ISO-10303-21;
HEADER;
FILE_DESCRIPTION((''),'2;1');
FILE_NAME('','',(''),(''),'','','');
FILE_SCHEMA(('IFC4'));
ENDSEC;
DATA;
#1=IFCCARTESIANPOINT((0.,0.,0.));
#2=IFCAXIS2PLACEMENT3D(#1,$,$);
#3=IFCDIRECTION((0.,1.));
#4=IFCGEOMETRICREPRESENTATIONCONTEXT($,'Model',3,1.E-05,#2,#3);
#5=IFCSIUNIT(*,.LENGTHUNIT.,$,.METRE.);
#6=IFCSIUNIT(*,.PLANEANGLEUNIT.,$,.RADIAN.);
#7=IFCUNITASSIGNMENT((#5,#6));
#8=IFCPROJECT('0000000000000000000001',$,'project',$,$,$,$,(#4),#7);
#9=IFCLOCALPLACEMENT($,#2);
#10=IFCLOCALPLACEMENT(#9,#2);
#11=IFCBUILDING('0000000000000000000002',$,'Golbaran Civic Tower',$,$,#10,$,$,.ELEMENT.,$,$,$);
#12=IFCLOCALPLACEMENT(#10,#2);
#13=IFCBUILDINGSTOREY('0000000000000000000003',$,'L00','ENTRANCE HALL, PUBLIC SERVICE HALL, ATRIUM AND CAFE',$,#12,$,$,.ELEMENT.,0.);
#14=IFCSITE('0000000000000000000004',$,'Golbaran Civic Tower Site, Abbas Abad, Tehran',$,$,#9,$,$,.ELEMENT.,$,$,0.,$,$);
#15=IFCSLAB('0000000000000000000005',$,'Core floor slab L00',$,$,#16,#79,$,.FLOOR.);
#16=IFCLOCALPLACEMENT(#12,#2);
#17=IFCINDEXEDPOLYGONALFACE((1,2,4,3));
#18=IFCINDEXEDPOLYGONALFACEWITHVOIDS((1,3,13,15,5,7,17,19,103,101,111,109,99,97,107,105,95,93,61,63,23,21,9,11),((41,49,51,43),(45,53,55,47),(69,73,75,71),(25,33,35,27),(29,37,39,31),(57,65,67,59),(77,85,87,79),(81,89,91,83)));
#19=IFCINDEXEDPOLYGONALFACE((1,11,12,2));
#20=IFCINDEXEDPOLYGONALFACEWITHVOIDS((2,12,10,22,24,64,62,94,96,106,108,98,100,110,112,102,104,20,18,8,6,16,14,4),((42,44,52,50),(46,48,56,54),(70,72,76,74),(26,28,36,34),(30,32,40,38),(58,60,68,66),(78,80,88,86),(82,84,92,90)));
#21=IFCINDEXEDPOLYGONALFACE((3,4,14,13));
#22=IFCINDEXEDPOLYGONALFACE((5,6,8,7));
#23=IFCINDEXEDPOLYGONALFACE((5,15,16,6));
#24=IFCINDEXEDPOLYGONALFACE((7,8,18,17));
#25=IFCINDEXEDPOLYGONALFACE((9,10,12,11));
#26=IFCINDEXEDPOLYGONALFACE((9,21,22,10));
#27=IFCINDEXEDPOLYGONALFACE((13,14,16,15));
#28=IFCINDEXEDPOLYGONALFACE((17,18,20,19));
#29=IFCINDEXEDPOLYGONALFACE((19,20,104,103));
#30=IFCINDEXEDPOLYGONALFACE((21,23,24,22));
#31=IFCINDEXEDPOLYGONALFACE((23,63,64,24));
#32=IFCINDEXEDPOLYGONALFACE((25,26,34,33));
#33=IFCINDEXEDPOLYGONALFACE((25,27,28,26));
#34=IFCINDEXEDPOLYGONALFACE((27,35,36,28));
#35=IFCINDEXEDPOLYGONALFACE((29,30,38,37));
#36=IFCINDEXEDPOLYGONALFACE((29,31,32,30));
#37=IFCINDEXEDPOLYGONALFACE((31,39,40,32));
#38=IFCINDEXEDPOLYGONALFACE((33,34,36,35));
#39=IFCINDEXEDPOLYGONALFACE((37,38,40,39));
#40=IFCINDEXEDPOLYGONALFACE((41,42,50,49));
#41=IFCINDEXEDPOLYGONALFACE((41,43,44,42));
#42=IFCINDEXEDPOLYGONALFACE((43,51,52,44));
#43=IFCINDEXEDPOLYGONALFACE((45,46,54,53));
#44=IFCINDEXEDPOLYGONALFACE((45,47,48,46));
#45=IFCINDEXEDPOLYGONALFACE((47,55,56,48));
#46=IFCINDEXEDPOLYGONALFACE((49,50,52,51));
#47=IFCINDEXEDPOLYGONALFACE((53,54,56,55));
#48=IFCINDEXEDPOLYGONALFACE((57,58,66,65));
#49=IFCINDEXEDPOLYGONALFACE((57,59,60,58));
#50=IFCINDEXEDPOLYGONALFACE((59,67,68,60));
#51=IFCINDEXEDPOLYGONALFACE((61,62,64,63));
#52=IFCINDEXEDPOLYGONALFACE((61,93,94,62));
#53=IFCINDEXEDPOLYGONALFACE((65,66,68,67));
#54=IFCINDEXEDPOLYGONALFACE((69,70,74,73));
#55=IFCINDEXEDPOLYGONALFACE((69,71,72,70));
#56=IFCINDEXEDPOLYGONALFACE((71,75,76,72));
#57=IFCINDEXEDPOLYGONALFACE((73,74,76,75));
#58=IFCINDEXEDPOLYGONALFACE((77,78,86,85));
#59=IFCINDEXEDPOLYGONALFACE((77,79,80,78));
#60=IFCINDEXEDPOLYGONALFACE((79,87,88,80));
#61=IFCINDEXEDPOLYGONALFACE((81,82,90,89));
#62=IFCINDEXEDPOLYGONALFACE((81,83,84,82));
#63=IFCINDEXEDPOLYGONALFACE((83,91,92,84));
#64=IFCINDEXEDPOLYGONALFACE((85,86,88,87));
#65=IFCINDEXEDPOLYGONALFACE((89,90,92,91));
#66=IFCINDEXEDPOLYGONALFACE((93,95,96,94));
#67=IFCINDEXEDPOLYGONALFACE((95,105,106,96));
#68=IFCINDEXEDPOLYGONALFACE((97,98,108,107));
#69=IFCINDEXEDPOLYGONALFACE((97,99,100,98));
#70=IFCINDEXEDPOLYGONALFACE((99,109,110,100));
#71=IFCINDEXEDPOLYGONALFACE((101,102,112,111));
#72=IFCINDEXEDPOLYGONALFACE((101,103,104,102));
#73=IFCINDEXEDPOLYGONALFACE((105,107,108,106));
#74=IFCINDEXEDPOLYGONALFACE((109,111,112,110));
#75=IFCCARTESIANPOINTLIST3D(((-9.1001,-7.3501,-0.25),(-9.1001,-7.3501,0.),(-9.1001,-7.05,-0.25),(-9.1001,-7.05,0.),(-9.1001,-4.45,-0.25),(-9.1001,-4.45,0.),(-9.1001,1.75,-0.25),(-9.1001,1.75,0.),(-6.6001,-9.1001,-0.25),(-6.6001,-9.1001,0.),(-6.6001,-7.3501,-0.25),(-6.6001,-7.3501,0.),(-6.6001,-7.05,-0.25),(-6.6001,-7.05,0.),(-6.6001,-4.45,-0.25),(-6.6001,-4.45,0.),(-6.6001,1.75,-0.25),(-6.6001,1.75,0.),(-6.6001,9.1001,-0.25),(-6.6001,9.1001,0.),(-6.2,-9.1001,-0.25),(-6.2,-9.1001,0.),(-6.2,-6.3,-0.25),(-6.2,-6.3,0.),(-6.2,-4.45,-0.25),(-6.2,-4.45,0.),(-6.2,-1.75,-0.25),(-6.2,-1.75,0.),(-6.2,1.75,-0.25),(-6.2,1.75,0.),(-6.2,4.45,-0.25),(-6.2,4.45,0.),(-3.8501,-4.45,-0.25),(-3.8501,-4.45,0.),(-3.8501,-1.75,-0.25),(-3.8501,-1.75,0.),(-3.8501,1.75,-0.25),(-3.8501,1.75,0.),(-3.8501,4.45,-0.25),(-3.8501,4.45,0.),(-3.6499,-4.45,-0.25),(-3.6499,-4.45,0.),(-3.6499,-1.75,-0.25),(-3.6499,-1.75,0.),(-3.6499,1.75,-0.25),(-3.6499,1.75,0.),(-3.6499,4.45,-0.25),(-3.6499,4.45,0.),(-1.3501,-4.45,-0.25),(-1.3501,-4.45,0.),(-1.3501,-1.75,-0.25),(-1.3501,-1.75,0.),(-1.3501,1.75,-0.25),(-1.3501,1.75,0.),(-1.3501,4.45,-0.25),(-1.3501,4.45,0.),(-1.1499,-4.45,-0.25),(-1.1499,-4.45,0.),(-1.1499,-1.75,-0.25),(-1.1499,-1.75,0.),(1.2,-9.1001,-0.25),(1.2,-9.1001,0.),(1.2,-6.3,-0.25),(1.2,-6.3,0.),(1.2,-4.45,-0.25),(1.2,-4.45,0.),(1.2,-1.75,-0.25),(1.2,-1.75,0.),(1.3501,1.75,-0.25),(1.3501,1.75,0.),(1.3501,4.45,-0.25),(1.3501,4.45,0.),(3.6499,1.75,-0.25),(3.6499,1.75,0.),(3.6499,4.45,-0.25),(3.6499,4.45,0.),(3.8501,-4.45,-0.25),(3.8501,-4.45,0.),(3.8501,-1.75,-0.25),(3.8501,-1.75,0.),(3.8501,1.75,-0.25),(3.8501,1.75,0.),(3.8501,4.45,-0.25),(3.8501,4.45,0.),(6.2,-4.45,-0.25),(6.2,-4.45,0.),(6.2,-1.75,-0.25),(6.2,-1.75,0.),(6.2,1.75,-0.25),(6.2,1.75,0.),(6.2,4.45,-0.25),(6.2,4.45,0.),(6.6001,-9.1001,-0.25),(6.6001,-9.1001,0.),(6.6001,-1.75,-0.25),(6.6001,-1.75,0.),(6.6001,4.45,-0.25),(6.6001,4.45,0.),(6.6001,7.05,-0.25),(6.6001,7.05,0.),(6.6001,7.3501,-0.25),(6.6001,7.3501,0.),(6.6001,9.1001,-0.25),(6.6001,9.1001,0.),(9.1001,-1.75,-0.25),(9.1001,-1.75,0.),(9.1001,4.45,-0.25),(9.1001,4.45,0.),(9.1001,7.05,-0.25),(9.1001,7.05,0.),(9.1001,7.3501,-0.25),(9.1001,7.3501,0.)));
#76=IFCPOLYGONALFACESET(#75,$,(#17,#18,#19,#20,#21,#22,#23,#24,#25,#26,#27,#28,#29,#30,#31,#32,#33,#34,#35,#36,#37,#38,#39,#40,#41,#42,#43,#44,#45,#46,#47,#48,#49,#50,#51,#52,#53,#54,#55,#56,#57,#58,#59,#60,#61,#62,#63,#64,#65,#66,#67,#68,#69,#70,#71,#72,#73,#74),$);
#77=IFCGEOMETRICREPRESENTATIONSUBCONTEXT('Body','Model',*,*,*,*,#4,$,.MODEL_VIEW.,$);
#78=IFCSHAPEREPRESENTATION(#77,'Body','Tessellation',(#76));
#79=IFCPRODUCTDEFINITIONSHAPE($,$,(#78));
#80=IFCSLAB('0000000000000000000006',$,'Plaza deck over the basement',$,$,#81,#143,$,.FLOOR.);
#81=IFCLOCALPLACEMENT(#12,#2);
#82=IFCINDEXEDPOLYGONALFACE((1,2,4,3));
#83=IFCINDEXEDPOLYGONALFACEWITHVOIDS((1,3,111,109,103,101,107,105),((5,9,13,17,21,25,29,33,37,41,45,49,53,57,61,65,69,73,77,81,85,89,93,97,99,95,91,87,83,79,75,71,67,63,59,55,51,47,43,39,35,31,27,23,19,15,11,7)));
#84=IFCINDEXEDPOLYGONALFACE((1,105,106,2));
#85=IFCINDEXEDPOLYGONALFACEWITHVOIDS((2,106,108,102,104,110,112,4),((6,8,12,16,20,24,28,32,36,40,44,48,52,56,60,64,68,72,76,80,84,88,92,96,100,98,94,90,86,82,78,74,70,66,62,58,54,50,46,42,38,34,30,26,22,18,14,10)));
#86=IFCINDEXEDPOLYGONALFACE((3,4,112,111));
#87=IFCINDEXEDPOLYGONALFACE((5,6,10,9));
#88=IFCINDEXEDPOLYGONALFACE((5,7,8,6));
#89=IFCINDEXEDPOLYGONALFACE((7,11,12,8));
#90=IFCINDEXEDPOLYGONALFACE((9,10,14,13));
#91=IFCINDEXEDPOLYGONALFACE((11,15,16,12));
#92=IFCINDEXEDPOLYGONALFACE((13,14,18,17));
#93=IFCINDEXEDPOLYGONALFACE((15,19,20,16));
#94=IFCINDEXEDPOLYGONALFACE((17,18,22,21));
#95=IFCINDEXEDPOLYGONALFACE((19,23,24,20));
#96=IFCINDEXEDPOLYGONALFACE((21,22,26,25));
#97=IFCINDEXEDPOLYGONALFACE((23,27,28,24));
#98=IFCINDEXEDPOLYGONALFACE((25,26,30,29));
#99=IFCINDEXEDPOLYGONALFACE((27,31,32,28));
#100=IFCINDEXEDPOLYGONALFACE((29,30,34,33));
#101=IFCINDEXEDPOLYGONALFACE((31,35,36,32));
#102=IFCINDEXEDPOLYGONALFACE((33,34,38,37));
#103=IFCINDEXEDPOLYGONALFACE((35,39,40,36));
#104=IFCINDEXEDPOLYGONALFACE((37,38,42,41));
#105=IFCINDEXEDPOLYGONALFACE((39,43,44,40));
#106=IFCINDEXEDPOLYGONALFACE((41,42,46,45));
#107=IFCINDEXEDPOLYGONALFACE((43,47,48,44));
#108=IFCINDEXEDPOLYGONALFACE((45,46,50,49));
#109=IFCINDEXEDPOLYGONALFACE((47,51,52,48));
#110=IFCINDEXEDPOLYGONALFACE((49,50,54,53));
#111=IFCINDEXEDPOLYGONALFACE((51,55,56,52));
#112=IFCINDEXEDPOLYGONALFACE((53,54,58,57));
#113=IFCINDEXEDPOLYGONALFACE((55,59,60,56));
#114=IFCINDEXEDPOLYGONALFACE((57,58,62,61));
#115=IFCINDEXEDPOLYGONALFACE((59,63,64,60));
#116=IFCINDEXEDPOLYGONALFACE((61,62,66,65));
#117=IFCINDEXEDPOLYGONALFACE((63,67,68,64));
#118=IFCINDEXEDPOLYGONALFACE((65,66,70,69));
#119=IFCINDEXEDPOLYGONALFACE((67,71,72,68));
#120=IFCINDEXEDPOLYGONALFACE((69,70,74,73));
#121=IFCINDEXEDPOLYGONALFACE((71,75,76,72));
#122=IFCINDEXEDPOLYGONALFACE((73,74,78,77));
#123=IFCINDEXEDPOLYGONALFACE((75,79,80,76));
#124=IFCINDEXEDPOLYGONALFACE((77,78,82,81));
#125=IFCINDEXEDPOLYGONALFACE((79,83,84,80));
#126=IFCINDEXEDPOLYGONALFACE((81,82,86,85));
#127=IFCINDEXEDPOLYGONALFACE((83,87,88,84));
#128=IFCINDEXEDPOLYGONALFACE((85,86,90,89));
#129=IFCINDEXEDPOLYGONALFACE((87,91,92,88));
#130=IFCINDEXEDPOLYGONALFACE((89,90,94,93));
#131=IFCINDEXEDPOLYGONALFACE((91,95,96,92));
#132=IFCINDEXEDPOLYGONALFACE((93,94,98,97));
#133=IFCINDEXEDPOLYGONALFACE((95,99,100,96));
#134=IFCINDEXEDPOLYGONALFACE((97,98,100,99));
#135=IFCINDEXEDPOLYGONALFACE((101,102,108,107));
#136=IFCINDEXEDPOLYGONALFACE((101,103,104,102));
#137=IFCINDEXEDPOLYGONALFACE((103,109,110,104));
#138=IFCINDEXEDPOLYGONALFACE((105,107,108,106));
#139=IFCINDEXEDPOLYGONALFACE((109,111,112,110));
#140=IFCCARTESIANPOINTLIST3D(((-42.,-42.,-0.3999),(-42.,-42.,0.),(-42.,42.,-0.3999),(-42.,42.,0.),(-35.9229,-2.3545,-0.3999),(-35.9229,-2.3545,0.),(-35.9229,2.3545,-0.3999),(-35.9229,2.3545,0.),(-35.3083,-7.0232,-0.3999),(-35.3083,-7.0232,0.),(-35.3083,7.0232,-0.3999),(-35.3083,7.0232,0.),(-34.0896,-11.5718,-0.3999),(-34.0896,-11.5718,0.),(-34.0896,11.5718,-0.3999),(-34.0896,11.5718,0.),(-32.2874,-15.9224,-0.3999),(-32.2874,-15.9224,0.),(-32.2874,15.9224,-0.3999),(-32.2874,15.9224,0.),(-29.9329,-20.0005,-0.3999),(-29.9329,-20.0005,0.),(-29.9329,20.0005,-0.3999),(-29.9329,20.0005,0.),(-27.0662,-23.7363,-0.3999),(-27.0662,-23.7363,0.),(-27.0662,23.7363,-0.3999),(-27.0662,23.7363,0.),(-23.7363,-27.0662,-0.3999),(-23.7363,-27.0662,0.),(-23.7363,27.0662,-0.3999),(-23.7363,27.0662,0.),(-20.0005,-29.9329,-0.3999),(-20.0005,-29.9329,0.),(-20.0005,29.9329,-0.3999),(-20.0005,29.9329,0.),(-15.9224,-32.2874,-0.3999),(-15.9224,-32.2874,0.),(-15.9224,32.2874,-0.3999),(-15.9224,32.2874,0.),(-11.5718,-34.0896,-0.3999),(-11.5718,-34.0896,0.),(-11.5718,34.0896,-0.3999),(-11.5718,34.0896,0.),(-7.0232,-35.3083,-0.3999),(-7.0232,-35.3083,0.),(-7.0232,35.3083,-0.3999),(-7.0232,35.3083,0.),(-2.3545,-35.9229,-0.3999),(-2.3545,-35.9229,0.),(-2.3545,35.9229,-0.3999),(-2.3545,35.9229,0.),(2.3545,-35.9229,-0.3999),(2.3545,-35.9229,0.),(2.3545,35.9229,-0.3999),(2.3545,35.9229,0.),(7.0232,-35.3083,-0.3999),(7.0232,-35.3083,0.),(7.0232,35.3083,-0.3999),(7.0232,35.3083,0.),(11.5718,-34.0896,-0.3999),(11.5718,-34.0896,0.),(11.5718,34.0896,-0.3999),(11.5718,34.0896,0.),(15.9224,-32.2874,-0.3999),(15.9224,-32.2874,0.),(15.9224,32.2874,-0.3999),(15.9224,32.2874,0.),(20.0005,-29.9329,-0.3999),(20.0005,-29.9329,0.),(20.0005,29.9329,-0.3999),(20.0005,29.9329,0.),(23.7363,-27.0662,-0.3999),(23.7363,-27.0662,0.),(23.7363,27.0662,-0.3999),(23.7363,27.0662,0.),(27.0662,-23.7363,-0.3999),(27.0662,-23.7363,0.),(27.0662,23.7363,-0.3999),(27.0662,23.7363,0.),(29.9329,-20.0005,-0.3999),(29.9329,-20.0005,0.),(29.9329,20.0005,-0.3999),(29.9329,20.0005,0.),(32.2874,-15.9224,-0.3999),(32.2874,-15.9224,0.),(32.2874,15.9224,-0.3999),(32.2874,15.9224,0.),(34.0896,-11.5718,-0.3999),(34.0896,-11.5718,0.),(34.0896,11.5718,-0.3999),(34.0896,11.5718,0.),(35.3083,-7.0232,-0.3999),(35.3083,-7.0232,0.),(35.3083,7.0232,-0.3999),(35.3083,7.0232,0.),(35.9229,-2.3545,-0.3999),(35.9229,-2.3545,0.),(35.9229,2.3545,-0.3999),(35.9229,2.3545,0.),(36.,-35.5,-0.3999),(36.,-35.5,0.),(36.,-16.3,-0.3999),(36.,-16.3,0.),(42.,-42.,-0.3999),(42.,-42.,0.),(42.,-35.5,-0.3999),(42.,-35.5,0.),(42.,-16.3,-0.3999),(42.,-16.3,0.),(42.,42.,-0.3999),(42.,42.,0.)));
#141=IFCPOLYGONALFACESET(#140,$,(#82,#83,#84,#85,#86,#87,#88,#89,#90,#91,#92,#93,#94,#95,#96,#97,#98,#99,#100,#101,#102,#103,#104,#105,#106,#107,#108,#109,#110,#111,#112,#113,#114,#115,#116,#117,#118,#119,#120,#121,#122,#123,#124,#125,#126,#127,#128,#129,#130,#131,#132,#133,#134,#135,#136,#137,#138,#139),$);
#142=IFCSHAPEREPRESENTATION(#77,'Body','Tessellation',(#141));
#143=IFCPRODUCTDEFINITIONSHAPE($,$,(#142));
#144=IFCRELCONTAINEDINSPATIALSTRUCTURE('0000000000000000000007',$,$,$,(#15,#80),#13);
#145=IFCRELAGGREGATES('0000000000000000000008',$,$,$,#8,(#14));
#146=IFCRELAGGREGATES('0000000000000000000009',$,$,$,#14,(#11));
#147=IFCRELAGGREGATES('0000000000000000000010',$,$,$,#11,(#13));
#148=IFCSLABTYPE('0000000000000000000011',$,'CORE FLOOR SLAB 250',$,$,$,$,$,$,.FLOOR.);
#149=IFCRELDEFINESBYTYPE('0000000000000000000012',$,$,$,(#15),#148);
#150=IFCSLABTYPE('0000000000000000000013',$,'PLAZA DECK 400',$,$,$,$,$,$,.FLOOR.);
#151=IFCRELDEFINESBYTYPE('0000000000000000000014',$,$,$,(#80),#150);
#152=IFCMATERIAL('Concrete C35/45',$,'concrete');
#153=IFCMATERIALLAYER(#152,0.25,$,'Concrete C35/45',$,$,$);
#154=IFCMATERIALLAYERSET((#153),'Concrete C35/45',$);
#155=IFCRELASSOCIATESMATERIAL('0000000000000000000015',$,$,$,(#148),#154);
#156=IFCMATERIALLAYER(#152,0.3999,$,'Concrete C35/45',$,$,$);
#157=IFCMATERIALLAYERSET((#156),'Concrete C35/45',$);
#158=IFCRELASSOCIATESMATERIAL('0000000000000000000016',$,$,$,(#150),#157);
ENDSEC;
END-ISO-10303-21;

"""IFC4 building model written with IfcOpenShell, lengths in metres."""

from ifc_helpers import new_model, si_unit, direction, frame, origin, place, context, subcontext, project, spatial, polyline, outline, extrude, material, layer, layer_set, type_object, element, save


model = new_model("IFC4")

# Units and contexts
model_context = context("Model", 3, precision=1e-05, world=origin(), true_north=direction((0.0, 1.0)))
body_context = subcontext(model_context, "Body", "Model", "MODEL_VIEW")
ifc_project = project(units=[si_unit("LENGTHUNIT", "METRE"), si_unit("PLANEANGLEUNIT", "RADIAN")], contexts=[model_context])

# Site, building, storey
site_placement = place(None, origin())
site = spatial("IfcSite", under=ifc_project, at=site_placement, Name="Golbaran Civic Tower Site, Abbas Abad, Tehran", CompositionType="ELEMENT", RefElevation=0.0)
building_placement = place(site_placement, origin())
building = spatial("IfcBuilding", under=site, at=building_placement, Name="Golbaran Civic Tower", CompositionType="ELEMENT")
storey_placement = place(building_placement, origin())
storey = spatial("IfcBuildingStorey", under=building, at=storey_placement, Name="L00", Description="ENTRANCE HALL, PUBLIC SERVICE HALL, ATRIUM AND CAFE", CompositionType="ELEMENT", Elevation=0.0)

# Slabs
ifc_material_1 = material(Name="Concrete C35/45", Category="concrete")
ifc_layer_1 = layer(ifc_material_1, 0.25, Name="Concrete C35/45")
ifc_layer_set_1 = layer_set([ifc_layer_1], Name="Concrete C35/45")
slab_type_1 = type_object("IfcSlabType", Name="CORE FLOOR SLAB 250", PredefinedType="FLOOR", material=ifc_layer_set_1)
slab_1_placement = place(storey_placement, frame((0.0, 0.0, -0.25)))
element("IfcSlab", 1, at=slab_1_placement, inside=storey, type_object=slab_type_1, Name="Core floor slab L00", PredefinedType="FLOOR", context=body_context, shape_type="SweptSolid", body=[
    extrude(outline(polyline([(6.6001, -1.75), (6.6001, -9.1001), (1.2, -9.1001), (1.2, -6.3), (-6.2, -6.3), (-6.2, -9.1001), (-6.6001, -9.1001), (-6.6001, -7.3501), (-9.1001, -7.3501), (-9.1001, -7.05), (-6.6001, -7.05), (-6.6001, -4.45), (-9.1001, -4.45), (-9.1001, 1.75), (-6.6001, 1.75), (-6.6001, 9.1001), (6.6001, 9.1001), (6.6001, 7.3501), (9.1001, 7.3501), (9.1001, 7.05), (6.6001, 7.05), (6.6001, 4.45), (9.1001, 4.45), (9.1001, -1.75), (6.6001, -1.75)]), holes=[polyline([(6.2, -1.75), (3.8501, -1.75), (3.8501, -4.45), (6.2, -4.45), (6.2, -1.75)]), polyline([(6.2, 4.45), (3.8501, 4.45), (3.8501, 1.75), (6.2, 1.75), (6.2, 4.45)]), polyline([(3.6499, 4.45), (1.3501, 4.45), (1.3501, 1.75), (3.6499, 1.75), (3.6499, 4.45)]), polyline([(1.2, -1.75), (-1.1499, -1.75), (-1.1499, -4.45), (1.2, -4.45), (1.2, -1.75)]), polyline([(-1.3501, 4.45), (-3.6499, 4.45), (-3.6499, 1.75), (-1.3501, 1.75), (-1.3501, 4.45)]), polyline([(-1.3501, -1.75), (-3.6499, -1.75), (-3.6499, -4.45), (-1.3501, -4.45), (-1.3501, -1.75)]), polyline([(-3.8501, -1.75), (-6.2, -1.75), (-6.2, -4.45), (-3.8501, -4.45), (-3.8501, -1.75)]), polyline([(-3.8501, 4.45), (-6.2, 4.45), (-6.2, 1.75), (-3.8501, 1.75), (-3.8501, 4.45)])]), origin(), (0.0, 0.0, 1.0), 0.25),
])
ifc_layer_2 = layer(ifc_material_1, 0.3999, Name="Concrete C35/45")
ifc_layer_set_2 = layer_set([ifc_layer_2], Name="Concrete C35/45")
slab_type_2 = type_object("IfcSlabType", Name="PLAZA DECK 400", PredefinedType="FLOOR", material=ifc_layer_set_2)
slab_2_placement = place(storey_placement, frame((0.0, 0.0, -0.3999)))
element("IfcSlab", 2, at=slab_2_placement, inside=storey, type_object=slab_type_2, Name="Plaza deck over the basement", PredefinedType="FLOOR", context=body_context, shape_type="SweptSolid", body=[
    extrude(outline(polyline([(42.0, 42.0), (42.0, -16.3), (36.0, -16.3), (36.0, -35.5), (42.0, -35.5), (42.0, -42.0), (-42.0, -42.0), (-42.0, 42.0), (42.0, 42.0)]), holes=[polyline([(32.2874, 15.9224), (29.9329, 20.0005), (27.0662, 23.7363), (23.7363, 27.0662), (20.0005, 29.9329), (15.9224, 32.2874), (11.5718, 34.0896), (7.0232, 35.3083), (2.3545, 35.9229), (-2.3545, 35.9229), (-7.0232, 35.3083), (-11.5718, 34.0896), (-15.9224, 32.2874), (-20.0005, 29.9329), (-23.7363, 27.0662), (-27.0662, 23.7363), (-29.9329, 20.0005), (-32.2874, 15.9224), (-34.0896, 11.5718), (-35.3083, 7.0232), (-35.9229, 2.3545), (-35.9229, -2.3545), (-35.3083, -7.0232), (-34.0896, -11.5718), (-32.2874, -15.9224), (-29.9329, -20.0005), (-27.0662, -23.7363), (-23.7363, -27.0662), (-20.0005, -29.9329), (-15.9224, -32.2874), (-11.5718, -34.0896), (-7.0232, -35.3083), (-2.3545, -35.9229), (2.3545, -35.9229), (7.0232, -35.3083), (11.5718, -34.0896), (15.9224, -32.2874), (20.0005, -29.9329), (23.7363, -27.0662), (27.0662, -23.7363), (29.9329, -20.0005), (32.2874, -15.9224), (34.0896, -11.5718), (35.3083, -7.0232), (35.9229, -2.3545), (35.9229, 2.3545), (35.3083, 7.0232), (34.0896, 11.5718), (32.2874, 15.9224)])]), origin(), (0.0, 0.0, 1.0), 0.3999),
])

save(model, "model.ifc")
